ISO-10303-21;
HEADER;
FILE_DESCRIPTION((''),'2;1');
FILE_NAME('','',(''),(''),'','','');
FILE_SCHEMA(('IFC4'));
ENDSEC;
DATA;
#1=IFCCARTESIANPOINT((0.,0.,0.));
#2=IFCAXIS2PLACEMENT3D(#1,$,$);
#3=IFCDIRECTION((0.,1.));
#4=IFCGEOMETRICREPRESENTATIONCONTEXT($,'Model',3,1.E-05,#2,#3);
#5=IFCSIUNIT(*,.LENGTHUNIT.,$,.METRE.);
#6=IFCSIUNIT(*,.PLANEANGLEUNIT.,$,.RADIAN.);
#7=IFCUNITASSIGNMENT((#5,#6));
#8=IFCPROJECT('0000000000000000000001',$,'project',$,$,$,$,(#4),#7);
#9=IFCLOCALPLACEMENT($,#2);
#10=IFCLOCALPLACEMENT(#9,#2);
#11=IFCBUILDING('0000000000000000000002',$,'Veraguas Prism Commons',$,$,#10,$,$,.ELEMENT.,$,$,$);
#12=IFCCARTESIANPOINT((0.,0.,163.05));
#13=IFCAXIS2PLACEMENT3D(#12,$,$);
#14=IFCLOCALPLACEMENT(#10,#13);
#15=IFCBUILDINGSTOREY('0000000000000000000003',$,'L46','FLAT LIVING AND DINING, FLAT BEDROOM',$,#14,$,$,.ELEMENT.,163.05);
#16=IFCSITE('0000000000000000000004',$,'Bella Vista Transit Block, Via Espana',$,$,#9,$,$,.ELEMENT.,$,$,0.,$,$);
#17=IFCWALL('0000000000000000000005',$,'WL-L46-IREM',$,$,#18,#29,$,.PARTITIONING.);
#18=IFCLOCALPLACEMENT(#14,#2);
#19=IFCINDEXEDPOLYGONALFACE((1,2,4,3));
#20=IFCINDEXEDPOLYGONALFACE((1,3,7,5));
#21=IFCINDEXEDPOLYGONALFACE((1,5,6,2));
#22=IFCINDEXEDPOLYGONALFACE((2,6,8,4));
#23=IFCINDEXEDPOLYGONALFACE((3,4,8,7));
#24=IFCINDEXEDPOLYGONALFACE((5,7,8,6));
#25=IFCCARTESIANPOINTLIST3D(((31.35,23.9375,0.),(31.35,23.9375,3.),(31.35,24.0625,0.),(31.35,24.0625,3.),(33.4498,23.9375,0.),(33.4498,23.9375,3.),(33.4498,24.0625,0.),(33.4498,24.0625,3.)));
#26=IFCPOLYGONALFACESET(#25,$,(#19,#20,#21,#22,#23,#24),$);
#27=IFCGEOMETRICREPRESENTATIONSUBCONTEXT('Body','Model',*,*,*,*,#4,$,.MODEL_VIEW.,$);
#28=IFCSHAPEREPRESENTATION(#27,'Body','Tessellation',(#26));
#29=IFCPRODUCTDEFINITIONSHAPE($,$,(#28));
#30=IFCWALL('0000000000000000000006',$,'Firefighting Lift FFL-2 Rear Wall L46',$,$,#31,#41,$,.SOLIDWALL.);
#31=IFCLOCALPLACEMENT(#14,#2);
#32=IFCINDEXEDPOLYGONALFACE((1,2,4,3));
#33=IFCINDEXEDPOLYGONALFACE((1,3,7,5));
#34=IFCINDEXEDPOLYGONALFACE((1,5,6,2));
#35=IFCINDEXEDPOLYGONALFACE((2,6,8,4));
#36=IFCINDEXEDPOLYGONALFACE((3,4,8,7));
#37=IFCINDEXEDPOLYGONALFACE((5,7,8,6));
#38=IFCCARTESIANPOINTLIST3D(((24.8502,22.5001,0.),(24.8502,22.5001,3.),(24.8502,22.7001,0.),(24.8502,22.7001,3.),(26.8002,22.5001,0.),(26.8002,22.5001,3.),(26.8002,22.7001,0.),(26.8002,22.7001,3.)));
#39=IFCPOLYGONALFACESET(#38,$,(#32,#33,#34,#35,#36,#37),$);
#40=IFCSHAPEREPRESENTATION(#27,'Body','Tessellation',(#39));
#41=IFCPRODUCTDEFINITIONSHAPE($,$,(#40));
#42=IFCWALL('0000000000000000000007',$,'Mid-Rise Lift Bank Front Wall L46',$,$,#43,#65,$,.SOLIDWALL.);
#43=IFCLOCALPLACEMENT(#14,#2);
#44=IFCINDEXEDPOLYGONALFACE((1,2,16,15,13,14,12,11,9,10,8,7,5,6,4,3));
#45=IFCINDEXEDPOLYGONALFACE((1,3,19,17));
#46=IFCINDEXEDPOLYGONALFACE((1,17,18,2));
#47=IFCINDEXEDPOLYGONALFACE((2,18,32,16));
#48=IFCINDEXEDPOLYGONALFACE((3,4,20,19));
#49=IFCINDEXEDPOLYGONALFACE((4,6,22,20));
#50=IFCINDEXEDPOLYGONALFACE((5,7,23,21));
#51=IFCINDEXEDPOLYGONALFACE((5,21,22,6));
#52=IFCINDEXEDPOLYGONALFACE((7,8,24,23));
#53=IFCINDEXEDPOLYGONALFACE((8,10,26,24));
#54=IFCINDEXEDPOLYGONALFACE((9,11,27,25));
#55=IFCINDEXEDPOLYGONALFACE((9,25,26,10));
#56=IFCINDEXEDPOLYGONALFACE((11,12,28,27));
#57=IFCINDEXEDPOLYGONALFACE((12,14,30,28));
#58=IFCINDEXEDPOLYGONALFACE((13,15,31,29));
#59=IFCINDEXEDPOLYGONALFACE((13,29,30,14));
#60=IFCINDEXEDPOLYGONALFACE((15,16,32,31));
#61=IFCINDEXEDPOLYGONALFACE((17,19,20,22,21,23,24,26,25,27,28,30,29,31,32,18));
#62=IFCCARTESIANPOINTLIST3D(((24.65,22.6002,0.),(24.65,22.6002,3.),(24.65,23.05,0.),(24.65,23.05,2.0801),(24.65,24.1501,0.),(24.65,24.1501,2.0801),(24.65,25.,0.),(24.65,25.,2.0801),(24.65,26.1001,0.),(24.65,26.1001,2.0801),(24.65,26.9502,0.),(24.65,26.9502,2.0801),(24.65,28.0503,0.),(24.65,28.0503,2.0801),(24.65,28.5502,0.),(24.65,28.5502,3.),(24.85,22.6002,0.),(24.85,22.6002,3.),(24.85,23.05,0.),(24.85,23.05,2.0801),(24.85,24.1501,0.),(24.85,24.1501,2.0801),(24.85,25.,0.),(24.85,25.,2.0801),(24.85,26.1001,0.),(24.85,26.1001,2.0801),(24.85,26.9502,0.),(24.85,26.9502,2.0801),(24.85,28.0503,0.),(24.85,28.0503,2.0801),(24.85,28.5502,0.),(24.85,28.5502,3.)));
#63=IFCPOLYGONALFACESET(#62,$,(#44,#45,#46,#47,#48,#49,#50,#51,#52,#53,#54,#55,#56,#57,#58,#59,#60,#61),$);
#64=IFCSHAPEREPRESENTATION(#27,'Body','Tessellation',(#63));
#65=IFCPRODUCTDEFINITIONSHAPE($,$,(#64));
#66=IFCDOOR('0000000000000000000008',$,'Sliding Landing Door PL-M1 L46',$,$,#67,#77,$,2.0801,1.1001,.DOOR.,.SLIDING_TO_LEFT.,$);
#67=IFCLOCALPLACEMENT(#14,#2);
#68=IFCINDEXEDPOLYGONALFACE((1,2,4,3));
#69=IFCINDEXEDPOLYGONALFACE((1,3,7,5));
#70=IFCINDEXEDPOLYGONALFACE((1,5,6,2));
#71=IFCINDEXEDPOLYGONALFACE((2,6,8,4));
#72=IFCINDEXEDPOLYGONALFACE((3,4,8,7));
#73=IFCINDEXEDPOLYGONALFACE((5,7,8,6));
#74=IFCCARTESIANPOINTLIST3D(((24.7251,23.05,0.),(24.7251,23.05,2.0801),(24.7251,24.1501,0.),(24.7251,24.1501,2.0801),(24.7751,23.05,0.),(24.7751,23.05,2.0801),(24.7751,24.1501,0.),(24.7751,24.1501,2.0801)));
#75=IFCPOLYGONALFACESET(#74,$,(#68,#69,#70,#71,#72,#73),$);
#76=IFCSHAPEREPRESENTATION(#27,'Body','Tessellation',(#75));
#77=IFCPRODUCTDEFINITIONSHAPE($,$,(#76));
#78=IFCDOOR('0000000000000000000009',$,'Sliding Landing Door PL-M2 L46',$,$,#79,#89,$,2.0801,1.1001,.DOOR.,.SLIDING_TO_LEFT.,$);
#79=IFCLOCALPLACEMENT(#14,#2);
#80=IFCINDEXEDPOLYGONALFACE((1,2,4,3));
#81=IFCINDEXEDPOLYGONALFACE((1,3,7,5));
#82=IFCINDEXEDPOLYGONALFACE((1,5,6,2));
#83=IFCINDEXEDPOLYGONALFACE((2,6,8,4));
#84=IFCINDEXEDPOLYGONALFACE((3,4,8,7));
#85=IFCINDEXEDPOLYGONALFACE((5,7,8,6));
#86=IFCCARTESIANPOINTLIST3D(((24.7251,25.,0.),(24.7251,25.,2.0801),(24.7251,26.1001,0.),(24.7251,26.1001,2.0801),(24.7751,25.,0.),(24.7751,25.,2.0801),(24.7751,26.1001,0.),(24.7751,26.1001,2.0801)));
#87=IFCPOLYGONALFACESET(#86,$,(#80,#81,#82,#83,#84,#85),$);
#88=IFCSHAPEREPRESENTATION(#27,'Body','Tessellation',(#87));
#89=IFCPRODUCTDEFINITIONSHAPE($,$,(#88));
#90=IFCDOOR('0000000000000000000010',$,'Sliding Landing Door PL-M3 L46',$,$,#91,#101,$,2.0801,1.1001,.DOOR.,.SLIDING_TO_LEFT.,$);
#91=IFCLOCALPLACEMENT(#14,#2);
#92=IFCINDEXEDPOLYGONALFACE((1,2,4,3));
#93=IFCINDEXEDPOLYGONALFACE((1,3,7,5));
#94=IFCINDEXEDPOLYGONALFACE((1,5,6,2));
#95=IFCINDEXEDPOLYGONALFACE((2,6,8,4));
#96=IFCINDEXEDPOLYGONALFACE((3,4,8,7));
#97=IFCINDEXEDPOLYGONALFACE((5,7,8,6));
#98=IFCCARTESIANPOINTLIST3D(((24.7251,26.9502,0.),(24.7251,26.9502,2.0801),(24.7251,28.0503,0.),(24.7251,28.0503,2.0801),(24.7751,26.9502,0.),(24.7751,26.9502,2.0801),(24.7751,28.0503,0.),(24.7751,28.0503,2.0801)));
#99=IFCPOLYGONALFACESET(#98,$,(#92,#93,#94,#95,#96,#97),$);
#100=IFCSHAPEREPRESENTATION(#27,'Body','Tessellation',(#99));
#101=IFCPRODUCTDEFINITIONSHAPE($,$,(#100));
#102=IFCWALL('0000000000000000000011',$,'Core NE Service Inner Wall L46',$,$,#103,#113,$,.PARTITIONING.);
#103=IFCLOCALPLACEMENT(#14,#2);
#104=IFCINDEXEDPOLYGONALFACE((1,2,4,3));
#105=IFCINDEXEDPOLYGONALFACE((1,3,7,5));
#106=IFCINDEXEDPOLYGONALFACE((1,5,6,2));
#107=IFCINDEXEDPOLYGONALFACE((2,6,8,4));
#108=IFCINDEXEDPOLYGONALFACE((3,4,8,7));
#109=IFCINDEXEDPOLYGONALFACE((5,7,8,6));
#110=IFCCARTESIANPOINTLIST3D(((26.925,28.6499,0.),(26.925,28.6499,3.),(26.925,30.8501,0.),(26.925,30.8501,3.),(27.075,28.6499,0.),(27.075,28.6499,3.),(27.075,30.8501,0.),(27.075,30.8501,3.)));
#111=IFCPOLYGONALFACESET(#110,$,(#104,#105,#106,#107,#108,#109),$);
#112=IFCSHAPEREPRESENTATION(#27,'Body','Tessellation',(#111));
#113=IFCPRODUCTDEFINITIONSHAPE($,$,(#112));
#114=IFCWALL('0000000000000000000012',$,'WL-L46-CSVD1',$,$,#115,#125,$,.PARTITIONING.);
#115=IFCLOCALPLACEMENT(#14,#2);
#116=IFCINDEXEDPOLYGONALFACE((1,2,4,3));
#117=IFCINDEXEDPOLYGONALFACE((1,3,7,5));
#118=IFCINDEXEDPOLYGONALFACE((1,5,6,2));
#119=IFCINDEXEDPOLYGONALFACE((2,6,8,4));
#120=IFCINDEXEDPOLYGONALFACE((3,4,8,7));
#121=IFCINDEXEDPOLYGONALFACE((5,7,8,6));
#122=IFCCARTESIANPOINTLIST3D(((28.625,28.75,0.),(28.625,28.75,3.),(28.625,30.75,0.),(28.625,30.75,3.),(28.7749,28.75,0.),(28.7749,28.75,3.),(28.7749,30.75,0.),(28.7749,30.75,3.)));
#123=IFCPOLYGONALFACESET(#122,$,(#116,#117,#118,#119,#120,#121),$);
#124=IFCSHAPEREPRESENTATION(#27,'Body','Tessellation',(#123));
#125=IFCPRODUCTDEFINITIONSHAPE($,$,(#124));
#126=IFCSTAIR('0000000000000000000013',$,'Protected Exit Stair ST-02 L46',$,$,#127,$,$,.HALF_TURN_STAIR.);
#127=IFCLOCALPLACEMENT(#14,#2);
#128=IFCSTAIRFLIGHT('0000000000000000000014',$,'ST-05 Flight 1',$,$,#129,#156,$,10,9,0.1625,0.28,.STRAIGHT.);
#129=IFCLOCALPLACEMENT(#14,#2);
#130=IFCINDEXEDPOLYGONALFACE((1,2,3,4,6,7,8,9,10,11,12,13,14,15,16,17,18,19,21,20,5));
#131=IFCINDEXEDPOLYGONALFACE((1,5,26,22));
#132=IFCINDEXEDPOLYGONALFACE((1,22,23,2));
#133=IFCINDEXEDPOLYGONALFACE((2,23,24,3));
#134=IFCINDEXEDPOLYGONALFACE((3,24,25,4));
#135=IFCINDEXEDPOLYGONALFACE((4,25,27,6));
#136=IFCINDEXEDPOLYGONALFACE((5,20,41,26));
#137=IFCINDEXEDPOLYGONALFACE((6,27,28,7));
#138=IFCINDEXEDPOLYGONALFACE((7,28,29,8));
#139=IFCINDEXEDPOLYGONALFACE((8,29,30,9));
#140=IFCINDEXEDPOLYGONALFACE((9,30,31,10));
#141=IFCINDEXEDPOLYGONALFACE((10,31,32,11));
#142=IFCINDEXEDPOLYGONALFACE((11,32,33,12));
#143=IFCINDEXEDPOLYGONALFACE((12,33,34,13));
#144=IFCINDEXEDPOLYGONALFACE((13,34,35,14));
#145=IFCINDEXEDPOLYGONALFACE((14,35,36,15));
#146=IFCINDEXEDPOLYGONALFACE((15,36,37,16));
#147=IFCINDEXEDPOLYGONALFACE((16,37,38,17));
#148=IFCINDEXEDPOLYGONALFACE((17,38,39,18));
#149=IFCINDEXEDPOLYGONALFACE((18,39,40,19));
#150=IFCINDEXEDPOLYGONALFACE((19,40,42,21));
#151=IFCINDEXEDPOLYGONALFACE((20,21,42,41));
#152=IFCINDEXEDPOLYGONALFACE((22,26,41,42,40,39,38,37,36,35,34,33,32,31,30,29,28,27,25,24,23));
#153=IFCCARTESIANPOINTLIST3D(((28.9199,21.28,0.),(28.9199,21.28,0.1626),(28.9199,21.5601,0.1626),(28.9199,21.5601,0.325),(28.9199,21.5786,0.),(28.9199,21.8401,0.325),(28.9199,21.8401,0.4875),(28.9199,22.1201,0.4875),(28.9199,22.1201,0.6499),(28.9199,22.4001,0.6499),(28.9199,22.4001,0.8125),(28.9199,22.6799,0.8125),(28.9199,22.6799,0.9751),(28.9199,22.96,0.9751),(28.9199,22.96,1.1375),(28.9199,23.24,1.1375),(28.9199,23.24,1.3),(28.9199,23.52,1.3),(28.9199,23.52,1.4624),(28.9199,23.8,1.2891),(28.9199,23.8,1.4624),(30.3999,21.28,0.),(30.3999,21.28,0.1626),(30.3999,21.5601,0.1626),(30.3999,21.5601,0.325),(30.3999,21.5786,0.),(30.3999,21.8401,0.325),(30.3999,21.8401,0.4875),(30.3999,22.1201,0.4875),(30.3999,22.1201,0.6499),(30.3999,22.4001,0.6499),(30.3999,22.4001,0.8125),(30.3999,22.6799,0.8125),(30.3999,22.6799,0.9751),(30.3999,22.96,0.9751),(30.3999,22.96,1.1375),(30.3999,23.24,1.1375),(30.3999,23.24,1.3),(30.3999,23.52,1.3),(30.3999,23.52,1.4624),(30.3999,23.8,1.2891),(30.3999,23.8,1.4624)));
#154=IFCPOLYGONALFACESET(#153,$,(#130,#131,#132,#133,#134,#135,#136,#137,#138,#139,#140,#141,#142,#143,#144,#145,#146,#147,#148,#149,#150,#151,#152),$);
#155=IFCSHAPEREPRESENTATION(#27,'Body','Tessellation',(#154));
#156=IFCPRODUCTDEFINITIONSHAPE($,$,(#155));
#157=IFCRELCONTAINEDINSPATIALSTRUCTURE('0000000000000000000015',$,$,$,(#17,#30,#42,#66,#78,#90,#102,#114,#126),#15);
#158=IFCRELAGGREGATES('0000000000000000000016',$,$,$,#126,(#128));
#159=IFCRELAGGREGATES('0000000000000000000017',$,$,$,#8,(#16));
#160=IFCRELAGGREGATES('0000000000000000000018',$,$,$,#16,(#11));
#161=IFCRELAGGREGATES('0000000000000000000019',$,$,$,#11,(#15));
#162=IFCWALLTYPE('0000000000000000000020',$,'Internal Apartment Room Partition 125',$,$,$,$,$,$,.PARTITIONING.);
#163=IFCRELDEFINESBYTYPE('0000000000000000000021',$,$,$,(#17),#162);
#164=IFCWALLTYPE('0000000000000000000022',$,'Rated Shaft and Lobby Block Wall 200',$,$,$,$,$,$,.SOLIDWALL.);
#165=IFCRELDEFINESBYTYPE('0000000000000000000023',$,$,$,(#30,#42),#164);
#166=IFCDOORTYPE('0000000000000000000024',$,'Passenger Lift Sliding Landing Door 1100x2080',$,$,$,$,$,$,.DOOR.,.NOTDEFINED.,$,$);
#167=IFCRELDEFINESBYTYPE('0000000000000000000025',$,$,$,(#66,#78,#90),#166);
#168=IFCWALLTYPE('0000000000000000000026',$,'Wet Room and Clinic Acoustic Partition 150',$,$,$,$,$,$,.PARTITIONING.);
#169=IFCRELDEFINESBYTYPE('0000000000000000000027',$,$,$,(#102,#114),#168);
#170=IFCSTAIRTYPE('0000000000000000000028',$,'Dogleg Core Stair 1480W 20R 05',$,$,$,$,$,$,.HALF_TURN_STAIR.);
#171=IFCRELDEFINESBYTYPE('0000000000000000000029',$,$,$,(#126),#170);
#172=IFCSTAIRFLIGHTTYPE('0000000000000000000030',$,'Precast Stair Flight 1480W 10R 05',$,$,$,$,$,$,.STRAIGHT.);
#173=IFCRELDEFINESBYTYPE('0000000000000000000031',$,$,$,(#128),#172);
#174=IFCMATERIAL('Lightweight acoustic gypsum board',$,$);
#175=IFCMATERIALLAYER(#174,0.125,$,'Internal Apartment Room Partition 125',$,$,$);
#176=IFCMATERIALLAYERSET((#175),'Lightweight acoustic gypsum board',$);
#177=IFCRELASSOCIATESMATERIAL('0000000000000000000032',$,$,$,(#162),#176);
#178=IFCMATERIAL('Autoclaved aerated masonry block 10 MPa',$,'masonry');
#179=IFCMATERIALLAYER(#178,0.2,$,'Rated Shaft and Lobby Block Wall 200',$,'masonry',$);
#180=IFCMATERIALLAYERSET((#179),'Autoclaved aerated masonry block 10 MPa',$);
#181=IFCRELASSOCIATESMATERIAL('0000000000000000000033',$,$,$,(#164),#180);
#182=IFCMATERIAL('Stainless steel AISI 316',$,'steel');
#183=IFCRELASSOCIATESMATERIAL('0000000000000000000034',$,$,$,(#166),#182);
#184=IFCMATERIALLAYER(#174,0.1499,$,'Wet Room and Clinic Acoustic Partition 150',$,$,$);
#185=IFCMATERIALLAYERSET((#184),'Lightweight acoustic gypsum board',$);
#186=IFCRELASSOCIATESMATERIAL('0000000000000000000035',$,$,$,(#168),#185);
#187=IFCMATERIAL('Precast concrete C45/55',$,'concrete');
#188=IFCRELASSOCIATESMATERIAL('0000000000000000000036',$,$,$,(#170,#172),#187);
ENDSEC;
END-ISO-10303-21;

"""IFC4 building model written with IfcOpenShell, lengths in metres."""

from ifc_helpers import new_model, si_unit, direction, frame, frame_2d, origin, place, context, subcontext, project, spatial, polyline, rectangle, outline, extrude, source, transform, mapped, material, layer, layer_set, type_object, element, fill, aggregate, save


model = new_model("IFC4")

# Units and contexts
model_context = context("Model", 3, precision=1e-05, world=origin(), true_north=direction((0.0, 1.0)))
body_context = subcontext(model_context, "Body", "Model", "MODEL_VIEW")
ifc_project = project(units=[si_unit("LENGTHUNIT", "METRE"), si_unit("PLANEANGLEUNIT", "RADIAN")], contexts=[model_context])

# Site, building, storey
site_placement = place(None, origin())
site = spatial("IfcSite", under=ifc_project, at=site_placement, Name="Bella Vista Transit Block, Via Espana", CompositionType="ELEMENT", RefElevation=0.0)
building_placement = place(site_placement, origin())
building = spatial("IfcBuilding", under=site, at=building_placement, Name="Veraguas Prism Commons", CompositionType="ELEMENT")
storey_placement = place(building_placement, frame((0.0, 0.0, 163.05)))
storey = spatial("IfcBuildingStorey", under=building, at=storey_placement, Name="L46", Description="FLAT LIVING AND DINING, FLAT BEDROOM", CompositionType="ELEMENT", Elevation=163.05)

# Shared definitions
ifc_material_1 = material(Name="Autoclaved aerated masonry block 10 MPa", Category="masonry")

# Walls
ifc_material_2 = material(Name="Lightweight acoustic gypsum board")
ifc_layer_1 = layer(ifc_material_2, 0.125, Name="Internal Apartment Room Partition 125")
ifc_layer_set_1 = layer_set([ifc_layer_1], Name="Lightweight acoustic gypsum board")
wall_type_1 = type_object("IfcWallType", Name="Internal Apartment Room Partition 125", PredefinedType="PARTITIONING", material=ifc_layer_set_1)
wall_1_placement = place(storey_placement, frame((31.3501, 24.0, 0.0), z_axis=(0.0, 0.0, 1.0), x_axis=(1.0, 0.0, 0.0)))
element("IfcWall", 1, at=wall_1_placement, inside=storey, type_object=wall_type_1, Name="WL-L46-IREM", PredefinedType="PARTITIONING", context=body_context, shape_type="SweptSolid", body=[
    extrude(rectangle(XDim=2.0999, YDim=0.125, at=frame_2d((1.0498, 0.0))), origin(), (0.0, 0.0, 1.0), 3.0),
])
ifc_layer_2 = layer(ifc_material_1, 0.2, Name="Rated Shaft and Lobby Block Wall 200", Category="masonry")
ifc_layer_set_2 = layer_set([ifc_layer_2], Name="Autoclaved aerated masonry block 10 MPa")
wall_type_2 = type_object("IfcWallType", Name="Rated Shaft and Lobby Block Wall 200", PredefinedType="SOLIDWALL", material=ifc_layer_set_2)
wall_2_placement = place(storey_placement, frame((24.8501, 22.6001, 0.0), z_axis=(0.0, 0.0, 1.0), x_axis=(1.0, 0.0, 0.0)))
element("IfcWall", 2, at=wall_2_placement, inside=storey, type_object=wall_type_2, Name="Firefighting Lift FFL-2 Rear Wall L46", PredefinedType="SOLIDWALL", context=body_context, shape_type="SweptSolid", body=[
    extrude(rectangle(XDim=1.95, YDim=0.2, at=frame_2d((0.9751, 0.0))), origin(), (0.0, 0.0, 1.0), 3.0),
])

# Wall, openings, doors
wall_3_placement = place(storey_placement, frame((24.75, 22.6001, 0.0), z_axis=(0.0, 0.0, 1.0), x_axis=(0.0, 1.0, 0.0)))
wall_3 = element("IfcWall", 3, at=wall_3_placement, inside=storey, type_object=wall_type_2, Name="Mid-Rise Lift Bank Front Wall L46", PredefinedType="SOLIDWALL", context=body_context, shape_type="SweptSolid", body=[
    extrude(rectangle(XDim=5.95, YDim=0.2, at=frame_2d((2.9751, 0.0))), origin(), (0.0, 0.0, 1.0), 3.0),
])
opening_1_placement = place(wall_3_placement, frame((0.45, 0.0, 0.0)))
opening_1 = element("IfcOpeningElement", 4, at=opening_1_placement, cuts=wall_3, PredefinedType="OPENING", context=body_context, shape_type="SweptSolid", body=[
    extrude(rectangle(XDim=1.1001, YDim=2.0801, at=frame_2d((0.55, 1.04))), frame((0.0, 0.1099, 0.0), z_axis=(0.0, -1.0, 0.0), x_axis=(1.0, 0.0, 0.0)), (0.0, 0.0, 1.0), 0.22),
])
opening_2_placement = place(wall_3_placement, frame((2.3999, 0.0, 0.0)))
opening_2 = element("IfcOpeningElement", 5, at=opening_2_placement, cuts=wall_3, PredefinedType="OPENING", context=body_context, shape_type="SweptSolid", body=[
    extrude(rectangle(XDim=1.1001, YDim=2.0801, at=frame_2d((0.55, 1.04))), frame((0.0, 0.1099, 0.0), z_axis=(0.0, -1.0, 0.0), x_axis=(1.0, 0.0, 0.0)), (0.0, 0.0, 1.0), 0.22),
])
opening_3_placement = place(wall_3_placement, frame((4.3501, 0.0, 0.0)))
opening_3 = element("IfcOpeningElement", 6, at=opening_3_placement, cuts=wall_3, PredefinedType="OPENING", context=body_context, shape_type="SweptSolid", body=[
    extrude(rectangle(XDim=1.1001, YDim=2.0801, at=frame_2d((0.55, 1.04))), frame((0.0, 0.1099, 0.0), z_axis=(0.0, -1.0, 0.0), x_axis=(1.0, 0.0, 0.0)), (0.0, 0.0, 1.0), 0.22),
])
ifc_material_3 = material(Name="Stainless steel AISI 316", Category="steel")
door_type_1 = type_object("IfcDoorType", Name="Passenger Lift Sliding Landing Door 1100x2080", OperationType="NOTDEFINED", PredefinedType="DOOR", material=ifc_material_3)
shared_shape_1 = source(origin(), body_context, "Body", "SweptSolid", [
    extrude(rectangle(XDim=1.1001, YDim=2.0801, at=frame_2d((0.55, 1.04))), frame((0.0, 0.0249, 0.0), z_axis=(0.0, -1.0, 0.0), x_axis=(1.0, 0.0, 0.0)), (0.0, 0.0, 1.0), 0.05),
])
door_1_placement = place(opening_1_placement, origin())
door_1 = element("IfcDoor", 7, at=door_1_placement, inside=storey, type_object=door_type_1, Name="Sliding Landing Door PL-M1 L46", OperationType="SLIDING_TO_LEFT", OverallHeight=2.0801, OverallWidth=1.1001, PredefinedType="DOOR", context=body_context, shape_type="MappedRepresentation", body=[
    mapped(shared_shape_1, transform((0.0, 0.0, 0.0), scale=1.0)),
])
fill(opening_1, door_1)
door_2_placement = place(opening_2_placement, origin())
door_2 = element("IfcDoor", 8, at=door_2_placement, inside=storey, type_object=door_type_1, Name="Sliding Landing Door PL-M2 L46", OperationType="SLIDING_TO_LEFT", OverallHeight=2.0801, OverallWidth=1.1001, PredefinedType="DOOR", context=body_context, shape_type="MappedRepresentation", body=[
    mapped(shared_shape_1, transform((0.0, 0.0, 0.0), scale=1.0)),
])
fill(opening_2, door_2)
door_3_placement = place(opening_3_placement, origin())
door_3 = element("IfcDoor", 9, at=door_3_placement, inside=storey, type_object=door_type_1, Name="Sliding Landing Door PL-M3 L46", OperationType="SLIDING_TO_LEFT", OverallHeight=2.0801, OverallWidth=1.1001, PredefinedType="DOOR", context=body_context, shape_type="MappedRepresentation", body=[
    mapped(shared_shape_1, transform((0.0, 0.0, 0.0), scale=1.0)),
])
fill(opening_3, door_3)

# Walls
ifc_layer_3 = layer(ifc_material_2, 0.1499, Name="Wet Room and Clinic Acoustic Partition 150")
ifc_layer_set_3 = layer_set([ifc_layer_3], Name="Lightweight acoustic gypsum board")
wall_type_3 = type_object("IfcWallType", Name="Wet Room and Clinic Acoustic Partition 150", PredefinedType="PARTITIONING", material=ifc_layer_set_3)
wall_4_placement = place(storey_placement, frame((27.0, 28.6499, 0.0), z_axis=(0.0, 0.0, 1.0), x_axis=(0.0, 1.0, 0.0)))
element("IfcWall", 10, at=wall_4_placement, inside=storey, type_object=wall_type_3, Name="Core NE Service Inner Wall L46", PredefinedType="PARTITIONING", context=body_context, shape_type="SweptSolid", body=[
    extrude(rectangle(XDim=2.2002, YDim=0.1499, at=frame_2d((1.1001, 0.0))), origin(), (0.0, 0.0, 1.0), 3.0),
])
wall_5_placement = place(storey_placement, frame((28.7, 28.75, 0.0), z_axis=(0.0, 0.0, 1.0), x_axis=(0.0, 1.0, 0.0)))
element("IfcWall", 11, at=wall_5_placement, inside=storey, type_object=wall_type_3, Name="WL-L46-CSVD1", PredefinedType="PARTITIONING", context=body_context, shape_type="SweptSolid", body=[
    extrude(rectangle(XDim=2.0, YDim=0.1499, at=frame_2d((1.0, 0.0))), origin(), (0.0, 0.0, 1.0), 3.0),
])

# Stair, stair flight
ifc_material_4 = material(Name="Precast concrete C45/55", Category="concrete")
stair_type = type_object("IfcStairType", Name="Dogleg Core Stair 1480W 20R 05", PredefinedType="HALF_TURN_STAIR", material=ifc_material_4)
stair_placement = place(storey_placement, origin())
stair = element("IfcStair", 12, at=stair_placement, inside=storey, type_object=stair_type, Name="Protected Exit Stair ST-02 L46", PredefinedType="HALF_TURN_STAIR")
stair_flight_type = type_object("IfcStairFlightType", Name="Precast Stair Flight 1480W 10R 05", PredefinedType="STRAIGHT", material=ifc_material_4)
stair_flight_1_placement = place(storey_placement, frame((29.6599, 21.28, 0.0), z_axis=(0.0, 0.0, 1.0), x_axis=(0.0, 1.0, 0.0)))
stair_flight_1 = element("IfcStairFlight", 13, at=stair_flight_1_placement, type_object=stair_flight_type, Name="ST-05 Flight 1", NumberOfRisers=10, NumberOfTreads=9, PredefinedType="STRAIGHT", RiserHeight=0.1625, TreadLength=0.28, context=body_context, shape_type="SweptSolid", body=[
    extrude(outline(polyline([(0.0, 0.0), (0.0, 0.1626), (0.28, 0.1626), (0.28, 0.325), (0.5601, 0.325), (0.5601, 0.4875), (0.8401, 0.4875), (0.8401, 0.6499), (1.1201, 0.6499), (1.1201, 0.8125), (1.3999, 0.8125), (1.3999, 0.9751), (1.6799, 0.9751), (1.6799, 1.1375), (1.96, 1.1375), (1.96, 1.3), (2.24, 1.3), (2.24, 1.4624), (2.52, 1.4624), (2.52, 1.625), (2.52, 1.2891), (0.2986, 0.0), (0.0, 0.0)])), frame((0.0, 0.74, 0.0), z_axis=(0.0, -1.0, 0.0), x_axis=(1.0, 0.0, 0.0)), (0.0, 0.0, 1.0), 1.48),
])
aggregate(stair, [stair_flight_1])

save(model, "model.ifc")
